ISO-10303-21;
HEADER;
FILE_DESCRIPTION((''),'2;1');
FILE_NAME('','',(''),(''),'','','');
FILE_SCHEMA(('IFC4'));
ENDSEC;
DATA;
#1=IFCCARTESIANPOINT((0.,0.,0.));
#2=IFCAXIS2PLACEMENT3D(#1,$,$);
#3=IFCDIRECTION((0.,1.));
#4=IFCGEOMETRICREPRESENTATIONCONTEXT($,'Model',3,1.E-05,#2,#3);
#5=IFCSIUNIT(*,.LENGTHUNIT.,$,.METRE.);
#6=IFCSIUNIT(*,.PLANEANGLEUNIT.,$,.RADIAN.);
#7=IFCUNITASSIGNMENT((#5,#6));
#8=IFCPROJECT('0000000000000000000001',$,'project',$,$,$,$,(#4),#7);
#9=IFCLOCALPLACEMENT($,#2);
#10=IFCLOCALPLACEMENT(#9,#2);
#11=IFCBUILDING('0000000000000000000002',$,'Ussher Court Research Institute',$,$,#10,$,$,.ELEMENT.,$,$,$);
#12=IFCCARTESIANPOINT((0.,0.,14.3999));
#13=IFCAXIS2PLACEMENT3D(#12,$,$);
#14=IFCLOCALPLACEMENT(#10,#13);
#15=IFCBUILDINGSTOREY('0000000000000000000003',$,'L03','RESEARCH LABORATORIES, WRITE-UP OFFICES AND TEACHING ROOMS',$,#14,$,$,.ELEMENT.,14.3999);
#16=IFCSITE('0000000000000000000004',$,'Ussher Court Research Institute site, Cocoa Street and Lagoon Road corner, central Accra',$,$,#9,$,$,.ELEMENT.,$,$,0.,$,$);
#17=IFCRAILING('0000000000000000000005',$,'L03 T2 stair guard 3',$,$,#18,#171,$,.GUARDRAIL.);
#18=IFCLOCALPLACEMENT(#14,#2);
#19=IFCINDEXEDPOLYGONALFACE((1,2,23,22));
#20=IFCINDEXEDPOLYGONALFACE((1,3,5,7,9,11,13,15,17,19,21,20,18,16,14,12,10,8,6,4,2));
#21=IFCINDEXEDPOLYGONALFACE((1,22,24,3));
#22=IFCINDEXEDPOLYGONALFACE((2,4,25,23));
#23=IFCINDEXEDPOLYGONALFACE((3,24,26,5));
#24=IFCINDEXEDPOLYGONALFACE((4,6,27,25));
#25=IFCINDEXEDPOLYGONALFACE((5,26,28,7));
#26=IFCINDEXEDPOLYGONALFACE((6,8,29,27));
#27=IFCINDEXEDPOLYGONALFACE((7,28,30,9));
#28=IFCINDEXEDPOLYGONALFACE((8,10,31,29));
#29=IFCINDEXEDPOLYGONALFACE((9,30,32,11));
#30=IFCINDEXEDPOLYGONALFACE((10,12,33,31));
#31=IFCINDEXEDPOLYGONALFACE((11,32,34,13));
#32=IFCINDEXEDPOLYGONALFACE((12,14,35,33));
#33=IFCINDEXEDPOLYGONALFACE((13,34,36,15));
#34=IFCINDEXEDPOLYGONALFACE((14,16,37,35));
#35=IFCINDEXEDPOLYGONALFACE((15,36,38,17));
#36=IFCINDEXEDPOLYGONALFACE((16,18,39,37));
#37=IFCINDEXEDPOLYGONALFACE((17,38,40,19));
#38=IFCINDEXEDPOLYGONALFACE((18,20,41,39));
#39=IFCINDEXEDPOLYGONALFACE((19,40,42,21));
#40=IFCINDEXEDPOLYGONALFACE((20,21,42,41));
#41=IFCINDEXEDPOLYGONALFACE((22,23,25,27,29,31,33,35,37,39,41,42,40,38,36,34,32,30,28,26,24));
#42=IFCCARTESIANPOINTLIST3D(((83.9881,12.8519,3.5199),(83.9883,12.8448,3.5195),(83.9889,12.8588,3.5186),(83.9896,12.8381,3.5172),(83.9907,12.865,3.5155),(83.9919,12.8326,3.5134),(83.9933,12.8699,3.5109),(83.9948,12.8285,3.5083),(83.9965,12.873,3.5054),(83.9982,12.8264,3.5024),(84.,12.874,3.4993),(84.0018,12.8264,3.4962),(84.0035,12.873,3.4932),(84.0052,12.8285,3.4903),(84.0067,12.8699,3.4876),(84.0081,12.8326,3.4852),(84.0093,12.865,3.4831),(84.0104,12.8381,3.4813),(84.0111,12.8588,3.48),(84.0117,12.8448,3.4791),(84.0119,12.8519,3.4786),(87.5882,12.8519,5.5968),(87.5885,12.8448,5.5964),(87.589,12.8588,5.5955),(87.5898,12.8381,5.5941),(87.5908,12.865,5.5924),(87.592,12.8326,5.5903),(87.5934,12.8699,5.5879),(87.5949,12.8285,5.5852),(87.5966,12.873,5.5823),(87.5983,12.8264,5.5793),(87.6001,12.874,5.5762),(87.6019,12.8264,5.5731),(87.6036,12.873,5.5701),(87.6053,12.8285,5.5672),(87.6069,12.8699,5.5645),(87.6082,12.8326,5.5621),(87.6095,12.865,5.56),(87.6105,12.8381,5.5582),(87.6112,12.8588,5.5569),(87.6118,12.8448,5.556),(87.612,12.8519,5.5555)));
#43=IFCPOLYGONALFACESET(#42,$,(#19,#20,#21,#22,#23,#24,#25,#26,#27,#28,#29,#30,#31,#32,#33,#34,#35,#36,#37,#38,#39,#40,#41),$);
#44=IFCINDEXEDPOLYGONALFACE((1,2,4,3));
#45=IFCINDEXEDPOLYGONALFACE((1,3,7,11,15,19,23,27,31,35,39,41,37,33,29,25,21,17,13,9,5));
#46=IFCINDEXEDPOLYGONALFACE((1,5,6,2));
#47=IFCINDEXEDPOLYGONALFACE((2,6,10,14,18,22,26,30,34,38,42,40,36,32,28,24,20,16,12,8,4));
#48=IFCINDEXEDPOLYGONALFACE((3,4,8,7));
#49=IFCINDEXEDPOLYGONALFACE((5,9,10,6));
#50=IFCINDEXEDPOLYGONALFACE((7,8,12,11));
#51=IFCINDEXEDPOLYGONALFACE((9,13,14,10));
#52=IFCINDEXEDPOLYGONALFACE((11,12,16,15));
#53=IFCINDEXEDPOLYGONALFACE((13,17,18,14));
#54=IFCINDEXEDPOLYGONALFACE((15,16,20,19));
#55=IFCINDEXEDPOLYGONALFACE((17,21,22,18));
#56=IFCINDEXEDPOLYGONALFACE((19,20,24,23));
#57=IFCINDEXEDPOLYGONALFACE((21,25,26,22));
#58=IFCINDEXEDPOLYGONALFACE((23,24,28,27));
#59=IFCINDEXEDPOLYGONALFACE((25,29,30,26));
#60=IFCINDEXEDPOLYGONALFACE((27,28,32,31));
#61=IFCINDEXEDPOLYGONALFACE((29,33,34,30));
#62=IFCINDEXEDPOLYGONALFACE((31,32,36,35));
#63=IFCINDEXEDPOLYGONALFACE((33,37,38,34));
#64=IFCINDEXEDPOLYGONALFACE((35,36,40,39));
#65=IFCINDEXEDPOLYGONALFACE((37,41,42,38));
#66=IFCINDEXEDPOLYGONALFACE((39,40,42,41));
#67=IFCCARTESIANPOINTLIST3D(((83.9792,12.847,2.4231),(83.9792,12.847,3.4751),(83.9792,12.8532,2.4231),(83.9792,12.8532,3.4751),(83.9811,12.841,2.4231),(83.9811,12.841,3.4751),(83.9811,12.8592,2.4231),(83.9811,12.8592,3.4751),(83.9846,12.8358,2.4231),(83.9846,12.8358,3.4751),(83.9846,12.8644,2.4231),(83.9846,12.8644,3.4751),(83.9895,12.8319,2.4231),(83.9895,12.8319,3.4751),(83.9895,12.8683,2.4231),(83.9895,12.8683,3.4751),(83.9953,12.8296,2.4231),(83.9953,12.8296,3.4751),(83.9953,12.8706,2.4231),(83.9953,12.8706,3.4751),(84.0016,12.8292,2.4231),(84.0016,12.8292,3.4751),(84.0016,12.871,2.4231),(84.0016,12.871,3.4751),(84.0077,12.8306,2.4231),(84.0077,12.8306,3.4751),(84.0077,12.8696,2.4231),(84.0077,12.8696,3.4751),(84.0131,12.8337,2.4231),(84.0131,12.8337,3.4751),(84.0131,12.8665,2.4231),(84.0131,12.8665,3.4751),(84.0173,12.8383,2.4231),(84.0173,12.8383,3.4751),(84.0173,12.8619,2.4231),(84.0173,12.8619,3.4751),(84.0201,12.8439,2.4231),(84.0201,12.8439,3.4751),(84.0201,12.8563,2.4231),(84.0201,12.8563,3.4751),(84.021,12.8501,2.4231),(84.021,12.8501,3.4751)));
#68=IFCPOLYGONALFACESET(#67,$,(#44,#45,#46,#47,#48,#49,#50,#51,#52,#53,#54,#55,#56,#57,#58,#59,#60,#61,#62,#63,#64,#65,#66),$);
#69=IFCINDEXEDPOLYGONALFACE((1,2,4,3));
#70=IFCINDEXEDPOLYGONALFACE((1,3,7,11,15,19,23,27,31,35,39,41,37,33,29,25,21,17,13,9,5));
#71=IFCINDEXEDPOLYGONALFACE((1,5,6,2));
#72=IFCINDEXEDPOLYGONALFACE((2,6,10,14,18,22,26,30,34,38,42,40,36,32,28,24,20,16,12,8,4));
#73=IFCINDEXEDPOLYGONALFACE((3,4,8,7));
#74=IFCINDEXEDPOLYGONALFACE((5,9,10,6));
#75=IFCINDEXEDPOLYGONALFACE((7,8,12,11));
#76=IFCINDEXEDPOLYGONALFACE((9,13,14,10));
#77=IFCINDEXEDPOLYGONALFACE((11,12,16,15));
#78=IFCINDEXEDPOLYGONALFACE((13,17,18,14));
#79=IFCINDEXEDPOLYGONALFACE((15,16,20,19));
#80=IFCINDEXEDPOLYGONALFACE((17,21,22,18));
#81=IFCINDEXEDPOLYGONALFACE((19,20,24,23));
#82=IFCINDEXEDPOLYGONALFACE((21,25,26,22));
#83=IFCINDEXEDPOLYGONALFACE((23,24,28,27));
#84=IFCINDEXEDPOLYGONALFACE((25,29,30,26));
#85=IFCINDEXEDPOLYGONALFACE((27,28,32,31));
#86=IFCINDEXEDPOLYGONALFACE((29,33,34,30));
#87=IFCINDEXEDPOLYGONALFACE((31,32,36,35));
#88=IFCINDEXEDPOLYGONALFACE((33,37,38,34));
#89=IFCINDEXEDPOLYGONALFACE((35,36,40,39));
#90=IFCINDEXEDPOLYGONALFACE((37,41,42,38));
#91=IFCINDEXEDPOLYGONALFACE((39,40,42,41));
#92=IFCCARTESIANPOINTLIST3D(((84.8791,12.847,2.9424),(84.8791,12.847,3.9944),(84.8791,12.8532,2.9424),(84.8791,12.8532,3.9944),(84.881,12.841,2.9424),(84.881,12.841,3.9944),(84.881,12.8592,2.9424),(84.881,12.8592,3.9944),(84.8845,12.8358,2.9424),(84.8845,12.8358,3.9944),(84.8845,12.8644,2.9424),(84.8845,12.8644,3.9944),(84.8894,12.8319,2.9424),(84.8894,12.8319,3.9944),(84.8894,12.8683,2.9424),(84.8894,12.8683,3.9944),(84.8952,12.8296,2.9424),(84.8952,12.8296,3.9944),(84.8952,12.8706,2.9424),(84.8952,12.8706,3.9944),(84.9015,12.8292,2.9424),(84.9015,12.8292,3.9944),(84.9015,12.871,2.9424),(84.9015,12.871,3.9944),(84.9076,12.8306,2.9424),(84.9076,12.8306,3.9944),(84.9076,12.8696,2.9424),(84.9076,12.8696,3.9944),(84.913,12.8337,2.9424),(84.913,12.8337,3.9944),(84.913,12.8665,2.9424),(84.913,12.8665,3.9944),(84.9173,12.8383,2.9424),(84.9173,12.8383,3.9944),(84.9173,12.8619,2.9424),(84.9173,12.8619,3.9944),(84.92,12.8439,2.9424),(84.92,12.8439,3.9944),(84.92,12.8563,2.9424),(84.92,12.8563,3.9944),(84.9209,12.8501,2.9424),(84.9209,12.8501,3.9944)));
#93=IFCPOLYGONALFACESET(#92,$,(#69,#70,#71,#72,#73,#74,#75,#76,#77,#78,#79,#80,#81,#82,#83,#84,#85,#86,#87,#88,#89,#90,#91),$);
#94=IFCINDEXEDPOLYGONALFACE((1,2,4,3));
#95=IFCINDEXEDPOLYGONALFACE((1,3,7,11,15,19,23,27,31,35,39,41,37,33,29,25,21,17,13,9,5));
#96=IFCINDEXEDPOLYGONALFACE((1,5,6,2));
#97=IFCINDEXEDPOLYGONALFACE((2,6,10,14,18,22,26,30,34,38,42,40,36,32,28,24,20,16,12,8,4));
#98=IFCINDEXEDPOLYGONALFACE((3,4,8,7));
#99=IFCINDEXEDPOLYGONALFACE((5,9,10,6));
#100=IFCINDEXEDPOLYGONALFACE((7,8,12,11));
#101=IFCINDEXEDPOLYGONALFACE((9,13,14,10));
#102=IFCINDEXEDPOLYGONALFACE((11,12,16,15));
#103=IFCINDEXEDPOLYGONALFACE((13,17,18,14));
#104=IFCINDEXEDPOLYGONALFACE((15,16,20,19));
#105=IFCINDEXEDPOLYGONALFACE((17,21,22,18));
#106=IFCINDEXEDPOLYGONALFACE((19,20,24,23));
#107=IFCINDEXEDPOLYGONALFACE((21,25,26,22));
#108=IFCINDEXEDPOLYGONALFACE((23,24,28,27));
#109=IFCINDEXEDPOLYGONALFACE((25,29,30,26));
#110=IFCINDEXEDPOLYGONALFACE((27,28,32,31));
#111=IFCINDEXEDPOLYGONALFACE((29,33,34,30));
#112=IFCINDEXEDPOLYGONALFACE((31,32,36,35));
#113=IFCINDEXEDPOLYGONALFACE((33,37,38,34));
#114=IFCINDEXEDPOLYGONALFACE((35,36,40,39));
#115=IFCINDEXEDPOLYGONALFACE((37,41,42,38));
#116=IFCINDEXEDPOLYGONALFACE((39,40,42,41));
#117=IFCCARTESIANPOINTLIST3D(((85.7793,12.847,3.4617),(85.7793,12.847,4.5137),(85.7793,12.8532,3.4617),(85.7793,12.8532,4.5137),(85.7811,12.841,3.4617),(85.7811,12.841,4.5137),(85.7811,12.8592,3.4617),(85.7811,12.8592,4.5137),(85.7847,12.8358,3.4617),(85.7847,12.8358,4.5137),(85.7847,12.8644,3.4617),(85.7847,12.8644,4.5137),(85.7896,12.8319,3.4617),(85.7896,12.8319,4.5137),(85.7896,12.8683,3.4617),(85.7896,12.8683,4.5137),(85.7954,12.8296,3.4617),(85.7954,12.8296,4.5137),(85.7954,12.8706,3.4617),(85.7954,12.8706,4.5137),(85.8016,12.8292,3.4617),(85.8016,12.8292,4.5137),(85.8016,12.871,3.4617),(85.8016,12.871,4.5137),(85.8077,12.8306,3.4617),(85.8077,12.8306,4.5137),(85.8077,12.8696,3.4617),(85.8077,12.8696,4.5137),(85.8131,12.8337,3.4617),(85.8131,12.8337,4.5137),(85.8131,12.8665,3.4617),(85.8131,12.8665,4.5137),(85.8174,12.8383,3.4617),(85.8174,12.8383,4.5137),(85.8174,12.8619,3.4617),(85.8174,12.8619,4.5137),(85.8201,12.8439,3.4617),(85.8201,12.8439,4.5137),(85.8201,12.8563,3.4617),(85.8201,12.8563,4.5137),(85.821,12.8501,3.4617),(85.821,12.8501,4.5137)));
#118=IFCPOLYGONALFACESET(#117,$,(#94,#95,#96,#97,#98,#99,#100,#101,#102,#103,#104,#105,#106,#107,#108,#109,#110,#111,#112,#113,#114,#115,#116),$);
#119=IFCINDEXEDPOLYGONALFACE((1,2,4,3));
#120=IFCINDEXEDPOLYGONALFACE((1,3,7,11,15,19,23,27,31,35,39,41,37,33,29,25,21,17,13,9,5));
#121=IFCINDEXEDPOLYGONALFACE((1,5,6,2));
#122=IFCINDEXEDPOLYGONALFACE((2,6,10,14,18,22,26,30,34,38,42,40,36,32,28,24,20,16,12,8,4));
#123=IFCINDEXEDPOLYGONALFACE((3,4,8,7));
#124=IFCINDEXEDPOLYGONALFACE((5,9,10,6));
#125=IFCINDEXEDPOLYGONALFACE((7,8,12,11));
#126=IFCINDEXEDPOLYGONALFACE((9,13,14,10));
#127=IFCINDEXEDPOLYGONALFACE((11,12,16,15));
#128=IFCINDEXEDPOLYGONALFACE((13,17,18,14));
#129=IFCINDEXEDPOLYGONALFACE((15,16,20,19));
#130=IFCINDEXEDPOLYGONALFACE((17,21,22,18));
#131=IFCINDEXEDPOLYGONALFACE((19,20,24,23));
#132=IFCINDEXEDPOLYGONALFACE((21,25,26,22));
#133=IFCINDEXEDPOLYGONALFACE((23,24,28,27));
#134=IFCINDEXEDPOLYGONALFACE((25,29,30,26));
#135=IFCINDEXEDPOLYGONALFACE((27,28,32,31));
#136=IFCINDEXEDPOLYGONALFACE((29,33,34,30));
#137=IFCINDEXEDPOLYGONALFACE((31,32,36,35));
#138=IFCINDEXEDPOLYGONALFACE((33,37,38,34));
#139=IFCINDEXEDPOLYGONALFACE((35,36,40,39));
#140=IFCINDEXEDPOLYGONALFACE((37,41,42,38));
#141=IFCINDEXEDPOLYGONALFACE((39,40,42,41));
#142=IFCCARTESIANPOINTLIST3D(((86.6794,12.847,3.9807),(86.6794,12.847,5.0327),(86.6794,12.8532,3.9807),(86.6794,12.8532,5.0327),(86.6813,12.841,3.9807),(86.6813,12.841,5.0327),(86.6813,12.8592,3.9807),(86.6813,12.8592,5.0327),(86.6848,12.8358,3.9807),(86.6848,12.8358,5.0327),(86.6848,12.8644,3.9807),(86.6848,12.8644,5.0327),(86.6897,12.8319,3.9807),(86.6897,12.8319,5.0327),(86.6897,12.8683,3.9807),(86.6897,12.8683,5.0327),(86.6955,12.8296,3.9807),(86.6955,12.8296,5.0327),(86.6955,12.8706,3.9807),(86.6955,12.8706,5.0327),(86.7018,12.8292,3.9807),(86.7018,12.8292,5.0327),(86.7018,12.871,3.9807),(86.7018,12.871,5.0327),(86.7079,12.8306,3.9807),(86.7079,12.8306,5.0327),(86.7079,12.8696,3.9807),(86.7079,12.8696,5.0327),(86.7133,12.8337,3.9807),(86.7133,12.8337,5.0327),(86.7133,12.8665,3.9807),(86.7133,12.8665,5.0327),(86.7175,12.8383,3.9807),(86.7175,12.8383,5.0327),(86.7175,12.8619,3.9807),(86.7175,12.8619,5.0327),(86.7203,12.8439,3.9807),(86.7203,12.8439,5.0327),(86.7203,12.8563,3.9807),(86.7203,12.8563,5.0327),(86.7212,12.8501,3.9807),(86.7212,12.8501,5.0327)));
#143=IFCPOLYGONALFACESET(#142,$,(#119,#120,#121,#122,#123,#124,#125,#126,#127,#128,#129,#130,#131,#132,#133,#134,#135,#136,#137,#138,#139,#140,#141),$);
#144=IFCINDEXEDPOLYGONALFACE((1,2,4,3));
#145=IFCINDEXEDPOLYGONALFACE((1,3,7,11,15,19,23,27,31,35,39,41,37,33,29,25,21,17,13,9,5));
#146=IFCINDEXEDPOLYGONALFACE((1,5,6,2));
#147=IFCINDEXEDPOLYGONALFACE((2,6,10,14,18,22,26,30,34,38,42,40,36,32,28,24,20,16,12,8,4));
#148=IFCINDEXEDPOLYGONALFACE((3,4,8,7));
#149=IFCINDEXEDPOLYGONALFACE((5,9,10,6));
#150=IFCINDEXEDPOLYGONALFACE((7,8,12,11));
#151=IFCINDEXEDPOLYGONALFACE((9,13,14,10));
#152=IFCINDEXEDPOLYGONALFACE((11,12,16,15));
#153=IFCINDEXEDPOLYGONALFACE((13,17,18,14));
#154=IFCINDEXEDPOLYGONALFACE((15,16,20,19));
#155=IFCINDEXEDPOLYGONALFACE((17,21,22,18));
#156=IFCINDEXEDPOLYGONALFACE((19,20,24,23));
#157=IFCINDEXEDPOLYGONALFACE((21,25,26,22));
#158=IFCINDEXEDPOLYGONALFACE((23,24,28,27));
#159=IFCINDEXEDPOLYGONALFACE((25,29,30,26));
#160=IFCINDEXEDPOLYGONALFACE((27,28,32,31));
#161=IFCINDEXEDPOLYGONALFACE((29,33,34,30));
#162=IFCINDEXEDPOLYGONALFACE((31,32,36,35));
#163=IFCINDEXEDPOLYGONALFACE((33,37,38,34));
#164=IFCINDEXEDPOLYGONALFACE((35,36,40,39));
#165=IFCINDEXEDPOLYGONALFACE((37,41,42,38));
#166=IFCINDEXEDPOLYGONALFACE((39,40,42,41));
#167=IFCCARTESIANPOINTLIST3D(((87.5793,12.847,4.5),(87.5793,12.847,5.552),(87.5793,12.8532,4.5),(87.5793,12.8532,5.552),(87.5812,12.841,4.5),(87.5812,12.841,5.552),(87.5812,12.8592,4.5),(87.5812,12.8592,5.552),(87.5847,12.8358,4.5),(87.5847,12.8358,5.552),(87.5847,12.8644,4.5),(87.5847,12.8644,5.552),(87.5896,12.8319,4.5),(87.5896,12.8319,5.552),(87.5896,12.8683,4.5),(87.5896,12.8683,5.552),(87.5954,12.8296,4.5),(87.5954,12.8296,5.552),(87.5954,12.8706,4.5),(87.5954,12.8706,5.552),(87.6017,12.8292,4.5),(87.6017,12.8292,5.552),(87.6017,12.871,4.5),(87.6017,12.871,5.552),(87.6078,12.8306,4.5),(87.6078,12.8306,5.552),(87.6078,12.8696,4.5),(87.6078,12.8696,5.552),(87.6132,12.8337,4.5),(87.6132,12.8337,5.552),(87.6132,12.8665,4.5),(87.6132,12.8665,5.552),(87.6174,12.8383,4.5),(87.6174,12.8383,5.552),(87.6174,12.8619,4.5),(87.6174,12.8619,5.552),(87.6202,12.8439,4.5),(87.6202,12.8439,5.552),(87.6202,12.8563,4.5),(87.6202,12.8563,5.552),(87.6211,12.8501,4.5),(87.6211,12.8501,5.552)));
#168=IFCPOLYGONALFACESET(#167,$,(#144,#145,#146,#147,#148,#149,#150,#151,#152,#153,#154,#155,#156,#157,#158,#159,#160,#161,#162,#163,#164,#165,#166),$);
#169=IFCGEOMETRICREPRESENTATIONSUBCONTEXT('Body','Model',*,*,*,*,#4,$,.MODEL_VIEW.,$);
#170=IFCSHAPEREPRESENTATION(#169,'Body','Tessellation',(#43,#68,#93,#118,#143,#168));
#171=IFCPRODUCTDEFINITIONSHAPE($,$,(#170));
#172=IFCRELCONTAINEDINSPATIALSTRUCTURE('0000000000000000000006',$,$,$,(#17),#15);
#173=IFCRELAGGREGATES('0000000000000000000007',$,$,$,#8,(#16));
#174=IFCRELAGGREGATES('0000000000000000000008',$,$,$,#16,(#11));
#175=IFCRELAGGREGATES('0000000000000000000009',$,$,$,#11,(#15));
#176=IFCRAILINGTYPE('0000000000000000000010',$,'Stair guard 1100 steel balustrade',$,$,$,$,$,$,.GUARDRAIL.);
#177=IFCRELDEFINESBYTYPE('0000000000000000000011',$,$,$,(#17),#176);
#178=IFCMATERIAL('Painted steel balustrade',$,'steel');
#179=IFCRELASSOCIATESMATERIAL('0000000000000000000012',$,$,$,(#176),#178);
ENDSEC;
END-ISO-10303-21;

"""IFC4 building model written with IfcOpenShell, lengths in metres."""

from ifc_helpers import new_model, si_unit, direction, frame, origin, origin_2d, place, context, subcontext, project, spatial, circle, extrude, material, type_object, element, save


model = new_model("IFC4")

# Units and contexts
model_context = context("Model", 3, precision=1e-05, world=origin(), true_north=direction((0.0, 1.0)))
body_context = subcontext(model_context, "Body", "Model", "MODEL_VIEW")
ifc_project = project(units=[si_unit("LENGTHUNIT", "METRE"), si_unit("PLANEANGLEUNIT", "RADIAN")], contexts=[model_context])

# Site, building, storey
site_placement = place(None, origin())
site = spatial("IfcSite", under=ifc_project, at=site_placement, Name="Ussher Court Research Institute site, Cocoa Street and Lagoon Road corner, central Accra", CompositionType="ELEMENT", RefElevation=0.0)
building_placement = place(site_placement, origin())
building = spatial("IfcBuilding", under=site, at=building_placement, Name="Ussher Court Research Institute", CompositionType="ELEMENT")
storey_placement = place(building_placement, frame((0.0, 0.0, 14.3999)))
storey = spatial("IfcBuildingStorey", under=building, at=storey_placement, Name="L03", Description="RESEARCH LABORATORIES, WRITE-UP OFFICES AND TEACHING ROOMS", CompositionType="ELEMENT", Elevation=14.3999)

# Railing
ifc_material_1 = material(Name="Painted steel balustrade", Category="steel")
railing_type_1 = type_object("IfcRailingType", Name="Stair guard 1100 steel balustrade", PredefinedType="GUARDRAIL", material=ifc_material_1)
railing_1_placement = place(storey_placement, frame((84.0, 12.8501, 2.4231)))
element("IfcRailing", 1, at=railing_1_placement, inside=storey, type_object=railing_type_1, Name="L03 T2 stair guard 3", PredefinedType="GUARDRAIL", context=body_context, shape_type="SweptSolid", body=[
    extrude(circle(Radius=0.0239, at=origin_2d()), frame((0.0, 0.0, 1.0762), z_axis=(0.866193, 0.0, 0.499709), x_axis=(0.0, 1.0, 0.0)), (0.0, 0.0, 1.0), 4.1562),
    extrude(circle(Radius=0.021, at=origin_2d()), origin(), (0.0, 0.0, 1.0), 1.052),
    extrude(circle(Radius=0.021, at=origin_2d()), frame((0.8999, 0.0, 0.5193)), (0.0, 0.0, 1.0), 1.052),
    extrude(circle(Radius=0.021, at=origin_2d()), frame((1.8, 0.0, 1.0386)), (0.0, 0.0, 1.0), 1.052),
    extrude(circle(Radius=0.021, at=origin_2d()), frame((2.7002, 0.0, 1.5576)), (0.0, 0.0, 1.0), 1.052),
    extrude(circle(Radius=0.021, at=origin_2d()), frame((3.6001, 0.0, 2.0769)), (0.0, 0.0, 1.0), 1.052),
])

save(model, "model.ifc")
